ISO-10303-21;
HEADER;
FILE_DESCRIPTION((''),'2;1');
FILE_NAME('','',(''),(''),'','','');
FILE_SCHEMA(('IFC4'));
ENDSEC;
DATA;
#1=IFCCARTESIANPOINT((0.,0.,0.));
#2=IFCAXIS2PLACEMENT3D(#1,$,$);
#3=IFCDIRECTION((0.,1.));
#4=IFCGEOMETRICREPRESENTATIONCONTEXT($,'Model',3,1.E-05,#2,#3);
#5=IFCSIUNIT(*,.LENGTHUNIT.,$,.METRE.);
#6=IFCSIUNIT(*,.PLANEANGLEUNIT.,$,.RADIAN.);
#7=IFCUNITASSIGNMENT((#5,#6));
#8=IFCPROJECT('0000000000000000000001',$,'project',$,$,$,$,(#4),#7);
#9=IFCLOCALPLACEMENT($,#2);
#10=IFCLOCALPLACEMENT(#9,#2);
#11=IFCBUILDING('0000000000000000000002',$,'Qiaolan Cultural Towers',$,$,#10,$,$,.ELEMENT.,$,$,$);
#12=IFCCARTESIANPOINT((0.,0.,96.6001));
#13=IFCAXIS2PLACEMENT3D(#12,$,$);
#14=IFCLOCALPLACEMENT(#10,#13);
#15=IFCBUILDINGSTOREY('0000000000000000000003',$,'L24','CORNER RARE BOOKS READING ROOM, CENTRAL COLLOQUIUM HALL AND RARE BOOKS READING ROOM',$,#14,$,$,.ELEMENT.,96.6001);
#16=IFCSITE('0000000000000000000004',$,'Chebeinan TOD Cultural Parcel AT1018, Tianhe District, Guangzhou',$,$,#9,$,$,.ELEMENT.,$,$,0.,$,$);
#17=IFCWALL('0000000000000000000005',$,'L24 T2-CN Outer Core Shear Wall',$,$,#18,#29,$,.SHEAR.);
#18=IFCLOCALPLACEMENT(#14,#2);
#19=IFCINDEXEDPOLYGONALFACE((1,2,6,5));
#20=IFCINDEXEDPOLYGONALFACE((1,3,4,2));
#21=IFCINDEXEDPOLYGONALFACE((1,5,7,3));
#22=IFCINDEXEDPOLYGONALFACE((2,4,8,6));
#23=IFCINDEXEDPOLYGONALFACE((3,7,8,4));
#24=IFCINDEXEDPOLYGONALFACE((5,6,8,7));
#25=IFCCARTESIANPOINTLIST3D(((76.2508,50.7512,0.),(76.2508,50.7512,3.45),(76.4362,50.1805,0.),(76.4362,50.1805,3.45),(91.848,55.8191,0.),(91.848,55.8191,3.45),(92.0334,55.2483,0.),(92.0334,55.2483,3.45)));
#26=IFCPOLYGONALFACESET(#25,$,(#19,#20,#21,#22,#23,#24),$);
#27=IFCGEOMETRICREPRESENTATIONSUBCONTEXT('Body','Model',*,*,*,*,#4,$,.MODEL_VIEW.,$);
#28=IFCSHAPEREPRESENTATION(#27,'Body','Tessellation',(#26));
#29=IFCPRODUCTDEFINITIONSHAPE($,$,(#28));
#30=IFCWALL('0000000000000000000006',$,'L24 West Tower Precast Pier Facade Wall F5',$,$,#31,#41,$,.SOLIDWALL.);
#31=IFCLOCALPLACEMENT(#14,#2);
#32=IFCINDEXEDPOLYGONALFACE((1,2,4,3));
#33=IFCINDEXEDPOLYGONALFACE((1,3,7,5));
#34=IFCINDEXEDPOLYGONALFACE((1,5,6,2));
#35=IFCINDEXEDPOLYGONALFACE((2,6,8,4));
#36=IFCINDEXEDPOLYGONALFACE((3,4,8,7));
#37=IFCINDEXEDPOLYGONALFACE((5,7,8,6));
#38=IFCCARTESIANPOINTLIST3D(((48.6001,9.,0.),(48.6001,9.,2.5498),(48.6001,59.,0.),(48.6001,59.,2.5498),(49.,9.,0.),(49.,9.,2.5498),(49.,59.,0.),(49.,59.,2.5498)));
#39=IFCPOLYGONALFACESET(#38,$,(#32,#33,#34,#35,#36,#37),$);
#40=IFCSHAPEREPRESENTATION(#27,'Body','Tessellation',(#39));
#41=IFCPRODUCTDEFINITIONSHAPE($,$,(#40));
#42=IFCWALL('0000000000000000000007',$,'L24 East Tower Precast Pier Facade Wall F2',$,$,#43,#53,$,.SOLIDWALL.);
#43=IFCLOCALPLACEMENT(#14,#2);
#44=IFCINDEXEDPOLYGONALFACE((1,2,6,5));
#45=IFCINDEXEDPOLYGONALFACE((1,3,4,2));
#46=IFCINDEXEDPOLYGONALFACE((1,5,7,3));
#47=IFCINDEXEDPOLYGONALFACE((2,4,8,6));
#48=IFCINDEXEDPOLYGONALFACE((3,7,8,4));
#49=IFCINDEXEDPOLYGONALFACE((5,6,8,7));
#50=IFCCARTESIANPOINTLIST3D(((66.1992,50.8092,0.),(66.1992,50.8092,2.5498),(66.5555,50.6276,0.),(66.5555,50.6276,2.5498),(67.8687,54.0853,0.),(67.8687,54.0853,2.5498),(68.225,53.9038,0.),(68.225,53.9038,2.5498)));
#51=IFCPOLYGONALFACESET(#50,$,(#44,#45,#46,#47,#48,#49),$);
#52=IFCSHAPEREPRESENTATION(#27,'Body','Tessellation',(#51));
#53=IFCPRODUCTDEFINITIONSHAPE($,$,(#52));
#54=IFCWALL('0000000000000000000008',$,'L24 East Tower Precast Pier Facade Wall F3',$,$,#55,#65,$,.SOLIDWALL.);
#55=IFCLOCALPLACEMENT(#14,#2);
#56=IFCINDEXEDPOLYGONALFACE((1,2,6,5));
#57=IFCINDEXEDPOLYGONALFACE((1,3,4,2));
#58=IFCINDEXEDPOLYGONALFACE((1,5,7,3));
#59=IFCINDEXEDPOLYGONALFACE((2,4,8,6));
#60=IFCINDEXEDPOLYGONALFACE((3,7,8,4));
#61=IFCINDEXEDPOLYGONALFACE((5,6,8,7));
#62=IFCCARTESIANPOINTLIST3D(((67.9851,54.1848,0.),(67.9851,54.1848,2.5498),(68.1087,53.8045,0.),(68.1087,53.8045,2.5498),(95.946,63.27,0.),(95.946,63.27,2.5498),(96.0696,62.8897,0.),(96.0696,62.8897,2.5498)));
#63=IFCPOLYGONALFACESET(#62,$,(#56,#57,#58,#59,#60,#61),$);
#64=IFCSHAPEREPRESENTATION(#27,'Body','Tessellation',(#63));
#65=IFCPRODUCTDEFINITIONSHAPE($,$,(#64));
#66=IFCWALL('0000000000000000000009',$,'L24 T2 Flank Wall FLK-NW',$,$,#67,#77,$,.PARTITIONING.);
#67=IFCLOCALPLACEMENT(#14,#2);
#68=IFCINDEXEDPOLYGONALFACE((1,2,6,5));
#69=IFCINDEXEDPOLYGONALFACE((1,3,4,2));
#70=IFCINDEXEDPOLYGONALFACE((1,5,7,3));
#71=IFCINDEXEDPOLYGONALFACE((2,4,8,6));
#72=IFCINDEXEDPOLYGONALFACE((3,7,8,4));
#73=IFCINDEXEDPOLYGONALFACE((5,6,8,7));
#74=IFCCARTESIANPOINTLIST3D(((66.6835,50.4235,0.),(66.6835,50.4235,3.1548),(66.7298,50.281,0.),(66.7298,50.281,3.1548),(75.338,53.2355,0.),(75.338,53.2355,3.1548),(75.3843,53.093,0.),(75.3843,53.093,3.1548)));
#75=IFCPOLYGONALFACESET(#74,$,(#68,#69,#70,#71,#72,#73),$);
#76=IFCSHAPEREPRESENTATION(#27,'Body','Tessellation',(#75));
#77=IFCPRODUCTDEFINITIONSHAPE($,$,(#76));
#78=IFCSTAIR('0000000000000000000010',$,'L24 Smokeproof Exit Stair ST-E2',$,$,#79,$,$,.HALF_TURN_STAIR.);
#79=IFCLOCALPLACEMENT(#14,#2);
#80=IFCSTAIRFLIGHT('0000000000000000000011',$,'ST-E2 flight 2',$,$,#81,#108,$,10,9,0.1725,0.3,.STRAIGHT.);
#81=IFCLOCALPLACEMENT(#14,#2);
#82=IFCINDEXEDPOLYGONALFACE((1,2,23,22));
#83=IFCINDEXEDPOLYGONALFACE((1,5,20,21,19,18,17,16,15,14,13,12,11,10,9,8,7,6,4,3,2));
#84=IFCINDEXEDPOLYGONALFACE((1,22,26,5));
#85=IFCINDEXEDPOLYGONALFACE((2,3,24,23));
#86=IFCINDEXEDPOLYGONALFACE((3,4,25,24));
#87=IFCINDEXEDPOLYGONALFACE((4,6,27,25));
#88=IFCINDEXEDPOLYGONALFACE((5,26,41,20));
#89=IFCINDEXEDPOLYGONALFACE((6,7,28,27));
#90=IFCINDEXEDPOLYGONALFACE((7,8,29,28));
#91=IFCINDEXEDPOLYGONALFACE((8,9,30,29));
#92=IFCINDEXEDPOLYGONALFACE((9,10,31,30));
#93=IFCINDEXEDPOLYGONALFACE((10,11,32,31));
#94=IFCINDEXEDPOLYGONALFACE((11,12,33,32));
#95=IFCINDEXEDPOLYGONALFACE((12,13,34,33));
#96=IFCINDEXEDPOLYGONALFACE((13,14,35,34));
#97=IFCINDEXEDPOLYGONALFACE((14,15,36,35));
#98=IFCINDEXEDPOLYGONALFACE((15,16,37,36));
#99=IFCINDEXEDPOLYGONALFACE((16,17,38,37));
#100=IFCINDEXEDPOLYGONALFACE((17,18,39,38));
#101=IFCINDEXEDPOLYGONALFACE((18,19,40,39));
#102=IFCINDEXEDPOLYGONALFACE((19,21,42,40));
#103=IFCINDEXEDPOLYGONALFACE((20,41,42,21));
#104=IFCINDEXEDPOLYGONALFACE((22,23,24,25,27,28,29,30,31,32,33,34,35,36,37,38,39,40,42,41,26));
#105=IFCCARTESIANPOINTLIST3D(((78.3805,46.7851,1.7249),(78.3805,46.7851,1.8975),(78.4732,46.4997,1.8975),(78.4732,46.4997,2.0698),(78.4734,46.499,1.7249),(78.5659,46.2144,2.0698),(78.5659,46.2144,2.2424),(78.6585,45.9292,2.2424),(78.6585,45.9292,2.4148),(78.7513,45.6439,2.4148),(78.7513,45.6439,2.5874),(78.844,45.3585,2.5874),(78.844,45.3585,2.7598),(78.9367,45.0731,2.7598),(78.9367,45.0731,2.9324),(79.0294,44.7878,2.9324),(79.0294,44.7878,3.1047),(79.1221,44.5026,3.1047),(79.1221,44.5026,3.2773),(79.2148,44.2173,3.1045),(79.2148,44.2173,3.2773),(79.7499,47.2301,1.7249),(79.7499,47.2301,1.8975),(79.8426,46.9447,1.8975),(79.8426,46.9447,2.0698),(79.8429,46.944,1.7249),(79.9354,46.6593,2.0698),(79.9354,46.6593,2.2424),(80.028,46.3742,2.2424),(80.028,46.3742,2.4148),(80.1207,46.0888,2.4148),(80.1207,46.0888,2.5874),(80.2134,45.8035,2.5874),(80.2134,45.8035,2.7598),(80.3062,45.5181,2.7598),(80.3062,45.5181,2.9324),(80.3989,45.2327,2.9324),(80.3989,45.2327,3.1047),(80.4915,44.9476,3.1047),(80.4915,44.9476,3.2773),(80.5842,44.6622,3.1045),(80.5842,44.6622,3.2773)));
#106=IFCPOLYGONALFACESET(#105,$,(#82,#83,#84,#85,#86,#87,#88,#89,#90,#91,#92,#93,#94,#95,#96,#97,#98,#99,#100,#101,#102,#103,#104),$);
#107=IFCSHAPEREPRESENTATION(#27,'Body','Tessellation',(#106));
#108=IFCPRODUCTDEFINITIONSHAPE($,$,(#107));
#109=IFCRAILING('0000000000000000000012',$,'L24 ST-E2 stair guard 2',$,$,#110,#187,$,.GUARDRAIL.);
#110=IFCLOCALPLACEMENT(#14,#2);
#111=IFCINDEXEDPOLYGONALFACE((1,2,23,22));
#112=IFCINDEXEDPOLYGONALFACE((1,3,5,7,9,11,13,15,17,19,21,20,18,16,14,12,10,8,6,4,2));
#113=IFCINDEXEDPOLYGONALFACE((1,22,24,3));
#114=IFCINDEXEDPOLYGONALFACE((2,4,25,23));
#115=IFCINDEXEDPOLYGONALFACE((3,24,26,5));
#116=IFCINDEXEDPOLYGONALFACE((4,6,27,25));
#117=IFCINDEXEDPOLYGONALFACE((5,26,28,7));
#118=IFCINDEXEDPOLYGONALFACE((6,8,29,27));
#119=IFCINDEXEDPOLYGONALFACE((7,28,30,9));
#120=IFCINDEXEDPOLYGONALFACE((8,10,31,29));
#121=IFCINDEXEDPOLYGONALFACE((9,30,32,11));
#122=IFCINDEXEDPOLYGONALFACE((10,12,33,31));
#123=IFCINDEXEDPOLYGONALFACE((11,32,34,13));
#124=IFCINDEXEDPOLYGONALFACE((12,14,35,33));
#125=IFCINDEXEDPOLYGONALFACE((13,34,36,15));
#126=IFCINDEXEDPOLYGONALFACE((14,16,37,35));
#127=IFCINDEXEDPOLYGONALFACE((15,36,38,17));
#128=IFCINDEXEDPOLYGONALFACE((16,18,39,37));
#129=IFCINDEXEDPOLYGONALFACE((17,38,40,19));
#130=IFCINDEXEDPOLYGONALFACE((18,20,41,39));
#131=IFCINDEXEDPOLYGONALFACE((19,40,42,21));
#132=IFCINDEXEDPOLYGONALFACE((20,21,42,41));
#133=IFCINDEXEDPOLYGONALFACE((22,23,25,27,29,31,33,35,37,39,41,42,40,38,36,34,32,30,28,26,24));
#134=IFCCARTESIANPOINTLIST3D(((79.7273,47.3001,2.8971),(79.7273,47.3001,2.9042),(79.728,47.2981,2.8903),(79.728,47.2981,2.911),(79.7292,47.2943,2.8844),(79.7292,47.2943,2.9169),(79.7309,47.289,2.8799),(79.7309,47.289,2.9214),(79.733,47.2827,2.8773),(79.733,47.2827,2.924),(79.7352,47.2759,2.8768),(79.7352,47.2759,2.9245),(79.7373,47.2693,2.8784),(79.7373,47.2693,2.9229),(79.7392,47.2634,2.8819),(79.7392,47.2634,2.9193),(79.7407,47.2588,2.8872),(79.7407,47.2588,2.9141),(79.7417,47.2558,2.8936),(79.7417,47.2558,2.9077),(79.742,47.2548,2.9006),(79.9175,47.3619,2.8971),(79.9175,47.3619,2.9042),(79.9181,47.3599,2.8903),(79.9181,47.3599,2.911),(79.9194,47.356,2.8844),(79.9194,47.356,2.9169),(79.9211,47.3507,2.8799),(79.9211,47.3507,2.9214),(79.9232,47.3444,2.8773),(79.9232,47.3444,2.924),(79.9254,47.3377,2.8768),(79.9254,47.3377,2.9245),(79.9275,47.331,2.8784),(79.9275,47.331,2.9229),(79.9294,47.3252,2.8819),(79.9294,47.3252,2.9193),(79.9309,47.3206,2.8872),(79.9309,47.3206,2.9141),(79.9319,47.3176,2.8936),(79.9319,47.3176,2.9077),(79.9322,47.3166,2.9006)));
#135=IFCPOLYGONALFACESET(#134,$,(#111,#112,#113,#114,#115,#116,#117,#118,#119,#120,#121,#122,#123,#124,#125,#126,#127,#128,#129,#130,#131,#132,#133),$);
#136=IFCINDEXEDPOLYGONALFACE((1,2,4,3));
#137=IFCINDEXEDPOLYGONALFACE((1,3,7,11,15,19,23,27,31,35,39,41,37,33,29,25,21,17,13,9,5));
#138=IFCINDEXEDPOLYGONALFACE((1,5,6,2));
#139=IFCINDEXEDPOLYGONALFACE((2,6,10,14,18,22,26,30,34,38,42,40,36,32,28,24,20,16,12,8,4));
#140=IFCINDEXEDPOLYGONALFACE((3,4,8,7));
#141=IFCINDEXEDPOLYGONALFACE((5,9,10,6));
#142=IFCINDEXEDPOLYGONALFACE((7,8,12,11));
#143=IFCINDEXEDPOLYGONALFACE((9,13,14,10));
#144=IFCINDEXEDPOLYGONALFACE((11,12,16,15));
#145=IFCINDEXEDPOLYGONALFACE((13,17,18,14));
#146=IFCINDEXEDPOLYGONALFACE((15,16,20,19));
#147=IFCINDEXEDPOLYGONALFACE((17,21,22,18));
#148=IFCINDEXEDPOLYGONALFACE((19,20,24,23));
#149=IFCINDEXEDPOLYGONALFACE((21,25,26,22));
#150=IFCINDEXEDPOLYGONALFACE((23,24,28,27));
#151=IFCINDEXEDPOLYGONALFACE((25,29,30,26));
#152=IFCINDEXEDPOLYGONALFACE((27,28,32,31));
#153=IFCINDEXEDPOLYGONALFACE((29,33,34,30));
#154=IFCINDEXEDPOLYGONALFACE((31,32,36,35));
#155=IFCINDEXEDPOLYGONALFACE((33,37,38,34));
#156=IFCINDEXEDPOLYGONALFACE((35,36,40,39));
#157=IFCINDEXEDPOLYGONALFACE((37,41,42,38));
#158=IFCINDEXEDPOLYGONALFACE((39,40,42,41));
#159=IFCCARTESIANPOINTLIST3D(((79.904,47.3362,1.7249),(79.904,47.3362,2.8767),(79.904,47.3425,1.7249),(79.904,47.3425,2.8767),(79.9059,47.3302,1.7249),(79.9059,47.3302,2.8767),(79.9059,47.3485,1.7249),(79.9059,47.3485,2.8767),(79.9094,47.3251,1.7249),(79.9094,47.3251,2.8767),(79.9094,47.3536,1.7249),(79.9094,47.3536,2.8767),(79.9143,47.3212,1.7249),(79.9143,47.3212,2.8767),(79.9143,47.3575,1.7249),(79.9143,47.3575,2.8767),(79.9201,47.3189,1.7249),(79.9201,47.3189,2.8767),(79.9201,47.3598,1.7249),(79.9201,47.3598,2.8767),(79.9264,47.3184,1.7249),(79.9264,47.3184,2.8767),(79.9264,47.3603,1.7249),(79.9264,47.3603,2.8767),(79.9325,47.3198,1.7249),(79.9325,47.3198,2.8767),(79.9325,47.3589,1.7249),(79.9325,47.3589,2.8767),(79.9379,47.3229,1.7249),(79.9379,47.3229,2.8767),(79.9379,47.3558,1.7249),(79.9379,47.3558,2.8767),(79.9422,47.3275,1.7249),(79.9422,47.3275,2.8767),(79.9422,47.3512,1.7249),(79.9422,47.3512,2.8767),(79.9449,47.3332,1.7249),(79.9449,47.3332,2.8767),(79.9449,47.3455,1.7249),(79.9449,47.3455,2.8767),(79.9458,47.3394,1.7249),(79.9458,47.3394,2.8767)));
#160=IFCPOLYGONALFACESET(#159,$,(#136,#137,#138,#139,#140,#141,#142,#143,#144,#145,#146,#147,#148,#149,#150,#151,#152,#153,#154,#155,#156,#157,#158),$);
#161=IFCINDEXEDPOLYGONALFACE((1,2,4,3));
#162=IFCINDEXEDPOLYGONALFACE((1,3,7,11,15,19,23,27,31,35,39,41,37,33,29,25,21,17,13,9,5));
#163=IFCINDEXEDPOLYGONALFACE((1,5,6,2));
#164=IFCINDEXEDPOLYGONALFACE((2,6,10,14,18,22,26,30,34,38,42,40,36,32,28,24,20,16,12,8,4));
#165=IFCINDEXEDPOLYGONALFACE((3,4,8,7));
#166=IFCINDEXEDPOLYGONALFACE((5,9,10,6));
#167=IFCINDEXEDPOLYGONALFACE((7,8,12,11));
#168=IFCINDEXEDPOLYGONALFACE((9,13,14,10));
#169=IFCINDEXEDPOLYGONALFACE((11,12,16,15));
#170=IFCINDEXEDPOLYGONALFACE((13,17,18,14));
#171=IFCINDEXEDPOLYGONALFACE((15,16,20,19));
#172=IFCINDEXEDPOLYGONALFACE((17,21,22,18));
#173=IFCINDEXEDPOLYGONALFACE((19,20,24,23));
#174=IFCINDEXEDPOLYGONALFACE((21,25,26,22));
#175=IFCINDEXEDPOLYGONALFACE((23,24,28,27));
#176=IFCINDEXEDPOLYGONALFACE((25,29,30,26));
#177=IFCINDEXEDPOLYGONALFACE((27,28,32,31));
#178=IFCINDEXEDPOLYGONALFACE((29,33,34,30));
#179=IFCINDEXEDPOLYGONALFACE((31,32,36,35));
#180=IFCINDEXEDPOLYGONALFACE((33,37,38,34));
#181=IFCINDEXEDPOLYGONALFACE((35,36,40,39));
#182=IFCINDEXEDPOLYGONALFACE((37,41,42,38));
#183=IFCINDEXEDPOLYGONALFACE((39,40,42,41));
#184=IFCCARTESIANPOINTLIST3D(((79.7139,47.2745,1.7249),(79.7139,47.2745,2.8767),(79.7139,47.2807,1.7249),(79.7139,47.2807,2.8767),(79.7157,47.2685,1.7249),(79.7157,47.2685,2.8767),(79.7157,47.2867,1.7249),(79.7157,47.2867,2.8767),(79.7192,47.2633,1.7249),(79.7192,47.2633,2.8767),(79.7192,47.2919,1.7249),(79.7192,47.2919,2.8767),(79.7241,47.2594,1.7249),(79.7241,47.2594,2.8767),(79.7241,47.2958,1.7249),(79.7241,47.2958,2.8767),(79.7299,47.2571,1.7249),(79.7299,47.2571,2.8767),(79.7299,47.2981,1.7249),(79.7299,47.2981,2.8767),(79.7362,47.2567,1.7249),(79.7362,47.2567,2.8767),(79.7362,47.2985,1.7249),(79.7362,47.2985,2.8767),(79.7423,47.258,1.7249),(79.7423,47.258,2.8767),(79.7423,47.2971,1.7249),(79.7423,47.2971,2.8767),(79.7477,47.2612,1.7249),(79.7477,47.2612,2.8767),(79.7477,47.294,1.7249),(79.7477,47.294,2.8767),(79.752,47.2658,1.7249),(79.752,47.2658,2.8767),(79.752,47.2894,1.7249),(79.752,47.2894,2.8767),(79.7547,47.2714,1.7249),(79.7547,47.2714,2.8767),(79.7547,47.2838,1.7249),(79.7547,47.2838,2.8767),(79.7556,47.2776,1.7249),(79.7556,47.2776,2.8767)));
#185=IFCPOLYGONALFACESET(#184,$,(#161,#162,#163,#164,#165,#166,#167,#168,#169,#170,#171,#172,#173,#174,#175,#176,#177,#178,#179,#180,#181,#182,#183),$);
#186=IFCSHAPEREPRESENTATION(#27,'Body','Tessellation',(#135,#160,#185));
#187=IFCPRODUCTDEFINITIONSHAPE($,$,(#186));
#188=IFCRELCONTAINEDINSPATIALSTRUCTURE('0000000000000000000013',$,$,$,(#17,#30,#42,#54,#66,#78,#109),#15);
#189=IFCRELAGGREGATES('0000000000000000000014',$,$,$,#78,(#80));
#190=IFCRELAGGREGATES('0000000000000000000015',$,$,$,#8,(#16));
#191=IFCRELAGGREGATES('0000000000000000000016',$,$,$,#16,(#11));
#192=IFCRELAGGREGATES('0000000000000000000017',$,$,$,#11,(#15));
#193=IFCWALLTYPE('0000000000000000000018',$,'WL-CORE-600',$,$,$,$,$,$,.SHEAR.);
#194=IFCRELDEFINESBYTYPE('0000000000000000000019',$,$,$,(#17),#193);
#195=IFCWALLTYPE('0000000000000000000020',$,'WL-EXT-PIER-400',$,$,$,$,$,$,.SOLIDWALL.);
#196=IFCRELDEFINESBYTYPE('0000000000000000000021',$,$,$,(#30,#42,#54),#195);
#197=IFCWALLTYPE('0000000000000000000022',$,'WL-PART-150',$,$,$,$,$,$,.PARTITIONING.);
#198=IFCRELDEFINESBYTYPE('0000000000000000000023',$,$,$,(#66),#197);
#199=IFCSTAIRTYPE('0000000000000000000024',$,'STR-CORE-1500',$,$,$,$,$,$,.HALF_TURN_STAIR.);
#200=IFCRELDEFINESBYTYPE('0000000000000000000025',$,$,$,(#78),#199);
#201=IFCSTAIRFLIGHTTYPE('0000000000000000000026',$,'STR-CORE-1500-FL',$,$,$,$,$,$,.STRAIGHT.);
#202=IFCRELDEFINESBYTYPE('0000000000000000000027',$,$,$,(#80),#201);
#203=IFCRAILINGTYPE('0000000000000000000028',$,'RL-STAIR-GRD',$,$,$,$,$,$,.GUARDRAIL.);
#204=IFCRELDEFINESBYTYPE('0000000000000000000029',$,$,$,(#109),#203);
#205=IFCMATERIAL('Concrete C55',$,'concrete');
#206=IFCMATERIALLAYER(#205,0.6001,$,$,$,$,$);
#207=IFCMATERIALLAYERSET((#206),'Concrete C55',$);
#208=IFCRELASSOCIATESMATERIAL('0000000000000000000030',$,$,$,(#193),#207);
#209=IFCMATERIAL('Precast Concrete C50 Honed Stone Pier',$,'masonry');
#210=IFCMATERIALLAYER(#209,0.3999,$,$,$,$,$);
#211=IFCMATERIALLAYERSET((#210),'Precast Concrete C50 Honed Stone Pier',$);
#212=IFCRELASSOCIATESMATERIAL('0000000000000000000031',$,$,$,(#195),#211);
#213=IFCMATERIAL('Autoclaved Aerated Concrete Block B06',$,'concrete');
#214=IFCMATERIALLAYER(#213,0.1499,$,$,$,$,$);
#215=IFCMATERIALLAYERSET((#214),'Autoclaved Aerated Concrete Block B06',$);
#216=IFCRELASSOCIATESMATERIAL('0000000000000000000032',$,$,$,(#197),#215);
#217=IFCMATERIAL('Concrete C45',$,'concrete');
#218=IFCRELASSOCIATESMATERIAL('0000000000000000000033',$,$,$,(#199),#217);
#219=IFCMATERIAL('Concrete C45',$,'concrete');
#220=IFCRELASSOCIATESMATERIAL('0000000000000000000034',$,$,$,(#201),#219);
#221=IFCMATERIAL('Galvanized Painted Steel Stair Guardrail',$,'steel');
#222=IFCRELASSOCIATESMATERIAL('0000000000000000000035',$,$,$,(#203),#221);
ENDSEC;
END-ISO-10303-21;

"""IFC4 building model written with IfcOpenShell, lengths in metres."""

from ifc_helpers import new_model, si_unit, direction, frame, frame_2d, origin, origin_2d, place, context, subcontext, project, spatial, polyline, rectangle, circle, outline, extrude, material, layer, layer_set, type_object, element, aggregate, save


model = new_model("IFC4")

# Units and contexts
model_context = context("Model", 3, precision=1e-05, world=origin(), true_north=direction((0.0, 1.0)))
body_context = subcontext(model_context, "Body", "Model", "MODEL_VIEW")
ifc_project = project(units=[si_unit("LENGTHUNIT", "METRE"), si_unit("PLANEANGLEUNIT", "RADIAN")], contexts=[model_context])

# Site, building, storey
site_placement = place(None, origin())
site = spatial("IfcSite", under=ifc_project, at=site_placement, Name="Chebeinan TOD Cultural Parcel AT1018, Tianhe District, Guangzhou", CompositionType="ELEMENT", RefElevation=0.0)
building_placement = place(site_placement, origin())
building = spatial("IfcBuilding", under=site, at=building_placement, Name="Qiaolan Cultural Towers", CompositionType="ELEMENT")
storey_placement = place(building_placement, frame((0.0, 0.0, 96.6001)))
storey = spatial("IfcBuildingStorey", under=building, at=storey_placement, Name="L24", Description="CORNER RARE BOOKS READING ROOM, CENTRAL COLLOQUIUM HALL AND RARE BOOKS READING ROOM", CompositionType="ELEMENT", Elevation=96.6001)

# Walls
ifc_material_1 = material(Name="Concrete C55", Category="concrete")
ifc_layer_1 = layer(ifc_material_1, 0.6001)
ifc_layer_set_1 = layer_set([ifc_layer_1], Name="Concrete C55")
wall_type_1 = type_object("IfcWallType", Name="WL-CORE-600", PredefinedType="SHEAR", material=ifc_layer_set_1)
wall_1_placement = place(storey_placement, frame((76.3435, 50.4658, 0.0), z_axis=(0.0, 0.0, 1.0), x_axis=(0.951056, 0.309019, 0.0)))
element("IfcWall", 1, at=wall_1_placement, inside=storey, type_object=wall_type_1, Name="L24 T2-CN Outer Core Shear Wall", PredefinedType="SHEAR", context=body_context, shape_type="SweptSolid", body=[
    extrude(rectangle(XDim=16.3999, YDim=0.6001, at=frame_2d((8.2, 0.0))), origin(), (0.0, 0.0, 1.0), 3.45),
])
ifc_material_2 = material(Name="Precast Concrete C50 Honed Stone Pier", Category="masonry")
ifc_layer_2 = layer(ifc_material_2, 0.3999)
ifc_layer_set_2 = layer_set([ifc_layer_2], Name="Precast Concrete C50 Honed Stone Pier")
wall_type_2 = type_object("IfcWallType", Name="WL-EXT-PIER-400", PredefinedType="SOLIDWALL", material=ifc_layer_set_2)
wall_2_placement = place(storey_placement, frame((48.8, 59.0, 0.0), z_axis=(0.0, 0.0, 1.0), x_axis=(0.0, -1.0, 0.0)))
element("IfcWall", 2, at=wall_2_placement, inside=storey, type_object=wall_type_2, Name="L24 West Tower Precast Pier Facade Wall F5", PredefinedType="SOLIDWALL", context=body_context, shape_type="SweptSolid", body=[
    extrude(rectangle(XDim=50.0, YDim=0.3999, at=frame_2d((25.0, 0.0))), origin(), (0.0, 0.0, 1.0), 2.5498),
])
wall_3_placement = place(storey_placement, frame((66.3774, 50.7185, 0.0), z_axis=(0.0, 0.0, 1.0), x_axis=(0.454026, 0.890988, 0.0)))
element("IfcWall", 3, at=wall_3_placement, inside=storey, type_object=wall_type_2, Name="L24 East Tower Precast Pier Facade Wall F2", PredefinedType="SOLIDWALL", context=body_context, shape_type="SweptSolid", body=[
    extrude(rectangle(XDim=3.677, YDim=0.3999, at=frame_2d((1.8384, 0.0))), origin(), (0.0, 0.0, 1.0), 2.5498),
])
wall_4_placement = place(storey_placement, frame((68.0469, 53.9946, 0.0), z_axis=(0.0, 0.0, 1.0), x_axis=(0.951055, 0.309021, 0.0)))
element("IfcWall", 4, at=wall_4_placement, inside=storey, type_object=wall_type_2, Name="L24 East Tower Precast Pier Facade Wall F3", PredefinedType="SOLIDWALL", context=body_context, shape_type="SweptSolid", body=[
    extrude(rectangle(XDim=29.3999, YDim=0.3999, at=frame_2d((14.7, 0.0))), origin(), (0.0, 0.0, 1.0), 2.5498),
])
ifc_material_3 = material(Name="Autoclaved Aerated Concrete Block B06", Category="concrete")
ifc_layer_3 = layer(ifc_material_3, 0.1499)
ifc_layer_set_3 = layer_set([ifc_layer_3], Name="Autoclaved Aerated Concrete Block B06")
wall_type_3 = type_object("IfcWallType", Name="WL-PART-150", PredefinedType="PARTITIONING", material=ifc_layer_set_3)
wall_5_placement = place(storey_placement, frame((66.7068, 50.3523, 0.0), z_axis=(0.0, 0.0, 1.0), x_axis=(0.951057, 0.309015, 0.0)))
element("IfcWall", 5, at=wall_5_placement, inside=storey, type_object=wall_type_3, Name="L24 T2 Flank Wall FLK-NW", PredefinedType="PARTITIONING", context=body_context, shape_type="SweptSolid", body=[
    extrude(rectangle(XDim=9.0999, YDim=0.1499, at=frame_2d((4.5498, 0.0))), origin(), (0.0, 0.0, 1.0), 3.1548),
])

# Stair, stair flight
ifc_material_4 = material(Name="Concrete C45", Category="concrete")
stair_type = type_object("IfcStairType", Name="STR-CORE-1500", PredefinedType="HALF_TURN_STAIR", material=ifc_material_4)
stair_placement = place(storey_placement, origin())
stair = element("IfcStair", 6, at=stair_placement, inside=storey, type_object=stair_type, Name="L24 Smokeproof Exit Stair ST-E2", PredefinedType="HALF_TURN_STAIR")
ifc_material_5 = material(Name="Concrete C45", Category="concrete")
stair_flight_type = type_object("IfcStairFlightType", Name="STR-CORE-1500-FL", PredefinedType="STRAIGHT", material=ifc_material_5)
stair_flight_placement = place(storey_placement, frame((79.0652, 47.0076, 1.7249), z_axis=(0.0, 0.0, 1.0), x_axis=(0.309017, -0.951057, 0.0)))
stair_flight = element("IfcStairFlight", 7, at=stair_flight_placement, type_object=stair_flight_type, Name="ST-E2 flight 2", NumberOfRisers=10, NumberOfTreads=9, PredefinedType="STRAIGHT", RiserHeight=0.1725, TreadLength=0.3, context=body_context, shape_type="SweptSolid", body=[
    extrude(outline(polyline([(0.0, 0.0), (0.0, 0.1726), (0.3, 0.1726), (0.3, 0.345), (0.6001, 0.345), (0.6001, 0.5176), (0.8999, 0.5176), (0.8999, 0.6899), (1.2, 0.6899), (1.2, 0.8625), (1.5, 0.8625), (1.5, 1.0349), (1.8, 1.0349), (1.8, 1.2075), (2.1001, 1.2075), (2.1001, 1.3799), (2.3999, 1.3799), (2.3999, 1.5525), (2.7, 1.5525), (2.7, 1.7251), (2.7, 1.3796), (0.3008, 0.0), (0.0, 0.0)])), frame((0.0, 0.72, 0.0), z_axis=(0.0, -1.0, 0.0), x_axis=(1.0, 0.0, 0.0)), (0.0, 0.0, 1.0), 1.4399),
])
aggregate(stair, [stair_flight])

# Railing
ifc_material_6 = material(Name="Galvanized Painted Steel Stair Guardrail", Category="steel")
railing_type_1 = type_object("IfcRailingType", Name="RL-STAIR-GRD", PredefinedType="GUARDRAIL", material=ifc_material_6)
railing_1_placement = place(storey_placement, frame((79.9248, 47.3394, 1.7249)))
element("IfcRailing", 8, at=railing_1_placement, inside=storey, type_object=railing_type_1, Name="L24 ST-E2 stair guard 2", PredefinedType="GUARDRAIL", context=body_context, shape_type="SweptSolid", body=[
    extrude(circle(Radius=0.0239, at=origin_2d()), frame((0.0, 0.0, 1.1758), z_axis=(-0.951097, -0.308893, 0.0), x_axis=(0.308893, -0.951097, 0.0)), (0.0, 0.0, 1.0), 0.2),
    extrude(circle(Radius=0.021, at=origin_2d()), origin(), (0.0, 0.0, 1.0), 1.1519),
    extrude(circle(Radius=0.021, at=origin_2d()), frame((-0.1902, -0.0618, 0.0)), (0.0, 0.0, 1.0), 1.1519),
])

save(model, "model.ifc")
